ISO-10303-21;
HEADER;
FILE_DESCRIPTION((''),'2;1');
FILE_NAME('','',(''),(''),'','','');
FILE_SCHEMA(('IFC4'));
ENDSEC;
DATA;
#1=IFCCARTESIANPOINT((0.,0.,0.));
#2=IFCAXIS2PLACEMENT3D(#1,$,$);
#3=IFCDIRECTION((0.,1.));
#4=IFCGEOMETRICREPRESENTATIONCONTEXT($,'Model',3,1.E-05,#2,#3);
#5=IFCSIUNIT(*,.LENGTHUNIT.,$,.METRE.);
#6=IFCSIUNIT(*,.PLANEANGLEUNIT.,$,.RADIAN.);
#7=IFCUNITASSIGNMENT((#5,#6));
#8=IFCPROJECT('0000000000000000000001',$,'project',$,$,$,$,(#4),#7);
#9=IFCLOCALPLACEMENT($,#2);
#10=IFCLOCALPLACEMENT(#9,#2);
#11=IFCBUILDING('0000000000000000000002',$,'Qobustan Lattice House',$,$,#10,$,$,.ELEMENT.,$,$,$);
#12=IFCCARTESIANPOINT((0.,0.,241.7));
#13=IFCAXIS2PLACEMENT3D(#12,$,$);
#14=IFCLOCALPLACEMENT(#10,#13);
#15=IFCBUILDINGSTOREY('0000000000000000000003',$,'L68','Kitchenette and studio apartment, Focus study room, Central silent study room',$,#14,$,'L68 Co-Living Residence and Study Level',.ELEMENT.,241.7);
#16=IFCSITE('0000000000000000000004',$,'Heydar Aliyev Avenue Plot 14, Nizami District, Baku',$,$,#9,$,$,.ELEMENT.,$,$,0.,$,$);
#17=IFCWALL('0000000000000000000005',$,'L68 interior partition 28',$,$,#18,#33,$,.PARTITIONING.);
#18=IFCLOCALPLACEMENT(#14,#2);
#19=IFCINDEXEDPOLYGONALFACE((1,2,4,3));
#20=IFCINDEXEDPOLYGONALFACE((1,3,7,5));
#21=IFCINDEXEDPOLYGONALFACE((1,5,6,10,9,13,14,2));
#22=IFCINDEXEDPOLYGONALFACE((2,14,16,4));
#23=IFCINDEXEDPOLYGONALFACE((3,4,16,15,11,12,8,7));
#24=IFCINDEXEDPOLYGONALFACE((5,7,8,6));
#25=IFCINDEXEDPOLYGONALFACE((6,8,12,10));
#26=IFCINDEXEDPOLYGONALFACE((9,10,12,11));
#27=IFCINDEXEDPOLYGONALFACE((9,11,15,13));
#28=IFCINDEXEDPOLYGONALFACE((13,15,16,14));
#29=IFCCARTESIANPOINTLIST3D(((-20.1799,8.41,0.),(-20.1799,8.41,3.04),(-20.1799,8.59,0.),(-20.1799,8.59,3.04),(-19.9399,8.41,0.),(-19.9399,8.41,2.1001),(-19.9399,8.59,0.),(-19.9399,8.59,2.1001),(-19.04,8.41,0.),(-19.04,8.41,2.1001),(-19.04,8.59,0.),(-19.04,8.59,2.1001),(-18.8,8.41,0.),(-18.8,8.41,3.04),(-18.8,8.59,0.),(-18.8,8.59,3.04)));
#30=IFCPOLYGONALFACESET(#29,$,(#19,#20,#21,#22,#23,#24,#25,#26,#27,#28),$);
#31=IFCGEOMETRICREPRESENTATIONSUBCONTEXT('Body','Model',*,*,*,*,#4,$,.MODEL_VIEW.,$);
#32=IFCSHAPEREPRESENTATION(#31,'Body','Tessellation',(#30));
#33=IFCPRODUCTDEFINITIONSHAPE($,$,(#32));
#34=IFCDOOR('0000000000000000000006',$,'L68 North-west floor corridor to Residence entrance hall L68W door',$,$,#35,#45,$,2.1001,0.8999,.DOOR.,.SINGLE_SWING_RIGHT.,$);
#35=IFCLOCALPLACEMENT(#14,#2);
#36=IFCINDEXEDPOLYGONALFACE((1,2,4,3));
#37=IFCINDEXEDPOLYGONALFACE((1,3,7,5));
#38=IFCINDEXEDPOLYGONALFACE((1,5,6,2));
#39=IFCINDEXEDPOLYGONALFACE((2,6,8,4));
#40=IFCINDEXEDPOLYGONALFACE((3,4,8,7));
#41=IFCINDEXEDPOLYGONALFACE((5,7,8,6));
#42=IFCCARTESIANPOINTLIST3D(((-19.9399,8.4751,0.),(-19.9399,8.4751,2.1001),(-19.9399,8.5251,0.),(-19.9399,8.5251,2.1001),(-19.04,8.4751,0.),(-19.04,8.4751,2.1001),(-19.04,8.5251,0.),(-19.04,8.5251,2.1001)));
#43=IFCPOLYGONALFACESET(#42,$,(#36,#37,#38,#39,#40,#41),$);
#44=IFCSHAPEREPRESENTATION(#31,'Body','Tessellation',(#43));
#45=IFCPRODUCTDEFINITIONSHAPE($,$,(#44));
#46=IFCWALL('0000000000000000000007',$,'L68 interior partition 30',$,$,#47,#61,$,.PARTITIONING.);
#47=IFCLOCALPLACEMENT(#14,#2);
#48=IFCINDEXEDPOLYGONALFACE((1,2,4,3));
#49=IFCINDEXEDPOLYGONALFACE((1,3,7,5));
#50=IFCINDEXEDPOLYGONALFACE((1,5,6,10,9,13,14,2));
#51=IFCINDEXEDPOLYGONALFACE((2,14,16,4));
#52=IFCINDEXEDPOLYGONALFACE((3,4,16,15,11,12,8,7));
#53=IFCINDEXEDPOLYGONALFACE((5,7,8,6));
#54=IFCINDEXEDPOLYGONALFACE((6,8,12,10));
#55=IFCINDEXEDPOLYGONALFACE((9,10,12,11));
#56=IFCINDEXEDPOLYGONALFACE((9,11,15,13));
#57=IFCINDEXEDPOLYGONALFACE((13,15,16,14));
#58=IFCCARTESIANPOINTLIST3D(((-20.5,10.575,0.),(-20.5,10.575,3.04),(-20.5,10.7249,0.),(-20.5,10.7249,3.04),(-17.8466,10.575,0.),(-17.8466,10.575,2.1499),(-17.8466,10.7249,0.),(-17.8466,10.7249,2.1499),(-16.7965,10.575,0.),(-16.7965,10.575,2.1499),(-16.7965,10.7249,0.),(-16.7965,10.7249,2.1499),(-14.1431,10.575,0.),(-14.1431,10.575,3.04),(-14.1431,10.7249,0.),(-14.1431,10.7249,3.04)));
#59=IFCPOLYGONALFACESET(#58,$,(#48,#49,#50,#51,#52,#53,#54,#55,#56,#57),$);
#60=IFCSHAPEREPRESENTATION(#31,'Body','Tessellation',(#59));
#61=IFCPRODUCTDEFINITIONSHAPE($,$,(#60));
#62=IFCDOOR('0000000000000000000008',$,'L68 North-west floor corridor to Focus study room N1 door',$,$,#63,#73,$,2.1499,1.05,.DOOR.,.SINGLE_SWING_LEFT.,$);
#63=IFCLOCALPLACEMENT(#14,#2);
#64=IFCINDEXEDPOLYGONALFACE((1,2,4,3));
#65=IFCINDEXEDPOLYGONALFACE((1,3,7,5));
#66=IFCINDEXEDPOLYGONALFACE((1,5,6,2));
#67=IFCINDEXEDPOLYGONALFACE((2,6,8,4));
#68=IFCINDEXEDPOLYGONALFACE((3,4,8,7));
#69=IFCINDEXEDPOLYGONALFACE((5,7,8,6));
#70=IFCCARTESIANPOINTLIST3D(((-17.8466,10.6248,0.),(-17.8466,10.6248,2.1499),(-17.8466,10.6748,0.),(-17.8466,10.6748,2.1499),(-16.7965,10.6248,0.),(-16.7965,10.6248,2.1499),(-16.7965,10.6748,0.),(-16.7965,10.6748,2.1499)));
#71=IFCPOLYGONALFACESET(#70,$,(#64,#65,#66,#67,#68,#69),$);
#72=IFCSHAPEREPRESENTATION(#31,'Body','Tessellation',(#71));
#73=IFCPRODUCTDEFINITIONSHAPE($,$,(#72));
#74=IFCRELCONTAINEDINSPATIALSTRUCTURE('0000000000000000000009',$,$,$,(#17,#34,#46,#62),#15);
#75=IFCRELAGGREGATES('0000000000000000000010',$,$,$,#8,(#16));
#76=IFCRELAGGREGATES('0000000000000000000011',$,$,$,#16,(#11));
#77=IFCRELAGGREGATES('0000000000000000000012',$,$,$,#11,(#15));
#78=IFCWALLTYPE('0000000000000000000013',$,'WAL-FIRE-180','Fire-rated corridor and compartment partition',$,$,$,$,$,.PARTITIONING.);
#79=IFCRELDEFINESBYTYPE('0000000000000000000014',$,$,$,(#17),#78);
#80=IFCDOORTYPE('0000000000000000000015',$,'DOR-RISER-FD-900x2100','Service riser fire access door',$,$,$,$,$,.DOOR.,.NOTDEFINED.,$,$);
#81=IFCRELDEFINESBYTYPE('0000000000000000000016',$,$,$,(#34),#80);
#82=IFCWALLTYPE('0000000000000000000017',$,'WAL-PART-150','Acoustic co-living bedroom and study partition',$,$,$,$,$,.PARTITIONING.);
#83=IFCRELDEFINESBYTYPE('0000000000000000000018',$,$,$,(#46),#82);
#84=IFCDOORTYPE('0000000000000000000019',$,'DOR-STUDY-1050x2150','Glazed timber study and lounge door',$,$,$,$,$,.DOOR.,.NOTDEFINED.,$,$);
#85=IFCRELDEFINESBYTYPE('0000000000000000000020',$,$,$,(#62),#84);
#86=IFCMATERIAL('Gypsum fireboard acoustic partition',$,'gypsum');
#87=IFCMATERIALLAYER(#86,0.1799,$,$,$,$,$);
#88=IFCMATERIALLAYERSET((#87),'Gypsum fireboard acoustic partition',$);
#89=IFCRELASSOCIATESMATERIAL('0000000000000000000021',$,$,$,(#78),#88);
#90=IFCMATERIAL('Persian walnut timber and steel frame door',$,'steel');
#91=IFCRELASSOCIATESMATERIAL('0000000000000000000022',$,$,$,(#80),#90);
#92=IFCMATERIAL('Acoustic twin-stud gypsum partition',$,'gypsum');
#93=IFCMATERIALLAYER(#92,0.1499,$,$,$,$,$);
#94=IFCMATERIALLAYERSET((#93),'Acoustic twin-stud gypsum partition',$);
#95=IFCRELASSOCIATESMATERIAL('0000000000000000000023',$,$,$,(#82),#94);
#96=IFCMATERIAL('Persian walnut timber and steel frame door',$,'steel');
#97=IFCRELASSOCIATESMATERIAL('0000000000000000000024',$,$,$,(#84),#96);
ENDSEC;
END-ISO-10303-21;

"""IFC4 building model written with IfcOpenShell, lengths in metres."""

from ifc_helpers import new_model, si_unit, direction, frame, frame_2d, origin, place, context, subcontext, project, spatial, rectangle, extrude, material, layer, layer_set, type_object, element, fill, save


model = new_model("IFC4")

# Units and contexts
model_context = context("Model", 3, precision=1e-05, world=origin(), true_north=direction((0.0, 1.0)))
body_context = subcontext(model_context, "Body", "Model", "MODEL_VIEW")
ifc_project = project(units=[si_unit("LENGTHUNIT", "METRE"), si_unit("PLANEANGLEUNIT", "RADIAN")], contexts=[model_context])

# Site, building, storey
site_placement = place(None, origin())
site = spatial("IfcSite", under=ifc_project, at=site_placement, Name="Heydar Aliyev Avenue Plot 14, Nizami District, Baku", CompositionType="ELEMENT", RefElevation=0.0)
building_placement = place(site_placement, origin())
building = spatial("IfcBuilding", under=site, at=building_placement, Name="Qobustan Lattice House", CompositionType="ELEMENT")
storey_placement = place(building_placement, frame((0.0, 0.0, 241.7)))
storey = spatial("IfcBuildingStorey", under=building, at=storey_placement, Name="L68", Description="Kitchenette and studio apartment, Focus study room, Central silent study room", LongName="L68 Co-Living Residence and Study Level", CompositionType="ELEMENT", Elevation=241.7)

# Walls, openings, doors
ifc_material_1 = material(Name="Gypsum fireboard acoustic partition", Category="gypsum")
ifc_layer_1 = layer(ifc_material_1, 0.1799)
ifc_layer_set_1 = layer_set([ifc_layer_1], Name="Gypsum fireboard acoustic partition")
wall_type_1 = type_object("IfcWallType", Name="WAL-FIRE-180", Description="Fire-rated corridor and compartment partition", PredefinedType="PARTITIONING", material=ifc_layer_set_1)
wall_1_placement = place(storey_placement, frame((-18.8, 8.5, 0.0), z_axis=(0.0, 0.0, 1.0), x_axis=(-1.0, 0.0, 0.0)))
wall_1 = element("IfcWall", 1, at=wall_1_placement, inside=storey, type_object=wall_type_1, Name="L68 interior partition 28", PredefinedType="PARTITIONING", context=body_context, shape_type="SweptSolid", body=[
    extrude(rectangle(XDim=1.3799, YDim=0.1799, at=frame_2d((0.6899, 0.0))), origin(), (0.0, 0.0, 1.0), 3.04),
])
opening_1_placement = place(wall_1_placement, frame((0.24, 0.0, 0.0)))
opening_1 = element("IfcOpeningElement", 2, at=opening_1_placement, cuts=wall_1, PredefinedType="OPENING", context=body_context, shape_type="SweptSolid", body=[
    extrude(rectangle(XDim=0.8999, YDim=2.1001, at=frame_2d((0.45, 1.05))), frame((0.0, 0.0999, 0.0), z_axis=(0.0, -1.0, 0.0), x_axis=(1.0, 0.0, 0.0)), (0.0, 0.0, 1.0), 0.2),
])
ifc_material_2 = material(Name="Persian walnut timber and steel frame door", Category="steel")
door_type_1 = type_object("IfcDoorType", Name="DOR-RISER-FD-900x2100", Description="Service riser fire access door", OperationType="NOTDEFINED", PredefinedType="DOOR", material=ifc_material_2)
door_1_placement = place(opening_1_placement, origin())
door_1 = element("IfcDoor", 3, at=door_1_placement, inside=storey, type_object=door_type_1, Name="L68 North-west floor corridor to Residence entrance hall L68W door", OperationType="SINGLE_SWING_RIGHT", OverallHeight=2.1001, OverallWidth=0.8999, PredefinedType="DOOR", context=body_context, shape_type="SweptSolid", body=[
    extrude(rectangle(XDim=0.8999, YDim=2.1001, at=frame_2d((0.45, 1.05))), frame((0.0, 0.0249, 0.0), z_axis=(0.0, -1.0, 0.0), x_axis=(1.0, 0.0, 0.0)), (0.0, 0.0, 1.0), 0.05),
])
fill(opening_1, door_1)
ifc_material_3 = material(Name="Acoustic twin-stud gypsum partition", Category="gypsum")
ifc_layer_2 = layer(ifc_material_3, 0.1499)
ifc_layer_set_2 = layer_set([ifc_layer_2], Name="Acoustic twin-stud gypsum partition")
wall_type_2 = type_object("IfcWallType", Name="WAL-PART-150", Description="Acoustic co-living bedroom and study partition", PredefinedType="PARTITIONING", material=ifc_layer_set_2)
wall_2_placement = place(storey_placement, frame((-20.5, 10.6499, 0.0), z_axis=(0.0, 0.0, 1.0), x_axis=(1.0, 0.0, 0.0)))
wall_2 = element("IfcWall", 4, at=wall_2_placement, inside=storey, type_object=wall_type_2, Name="L68 interior partition 30", PredefinedType="PARTITIONING", context=body_context, shape_type="SweptSolid", body=[
    extrude(rectangle(XDim=6.3569, YDim=0.1499, at=frame_2d((3.1785, 0.0))), origin(), (0.0, 0.0, 1.0), 3.04),
])
opening_2_placement = place(wall_2_placement, frame((2.6536, 0.0, 0.0)))
opening_2 = element("IfcOpeningElement", 5, at=opening_2_placement, cuts=wall_2, PredefinedType="OPENING", context=body_context, shape_type="SweptSolid", body=[
    extrude(rectangle(XDim=1.05, YDim=2.1499, at=frame_2d((0.5249, 1.075))), frame((0.0, 0.085, 0.0), z_axis=(0.0, -1.0, 0.0), x_axis=(1.0, 0.0, 0.0)), (0.0, 0.0, 1.0), 0.1699),
])
ifc_material_4 = material(Name="Persian walnut timber and steel frame door", Category="steel")
door_type_2 = type_object("IfcDoorType", Name="DOR-STUDY-1050x2150", Description="Glazed timber study and lounge door", OperationType="NOTDEFINED", PredefinedType="DOOR", material=ifc_material_4)
door_2_placement = place(opening_2_placement, origin())
door_2 = element("IfcDoor", 6, at=door_2_placement, inside=storey, type_object=door_type_2, Name="L68 North-west floor corridor to Focus study room N1 door", OperationType="SINGLE_SWING_LEFT", OverallHeight=2.1499, OverallWidth=1.05, PredefinedType="DOOR", context=body_context, shape_type="SweptSolid", body=[
    extrude(rectangle(XDim=1.05, YDim=2.1499, at=frame_2d((0.5249, 1.075))), frame((0.0, 0.0249, 0.0), z_axis=(0.0, -1.0, 0.0), x_axis=(1.0, 0.0, 0.0)), (0.0, 0.0, 1.0), 0.05),
])
fill(opening_2, door_2)

save(model, "model.ifc")
